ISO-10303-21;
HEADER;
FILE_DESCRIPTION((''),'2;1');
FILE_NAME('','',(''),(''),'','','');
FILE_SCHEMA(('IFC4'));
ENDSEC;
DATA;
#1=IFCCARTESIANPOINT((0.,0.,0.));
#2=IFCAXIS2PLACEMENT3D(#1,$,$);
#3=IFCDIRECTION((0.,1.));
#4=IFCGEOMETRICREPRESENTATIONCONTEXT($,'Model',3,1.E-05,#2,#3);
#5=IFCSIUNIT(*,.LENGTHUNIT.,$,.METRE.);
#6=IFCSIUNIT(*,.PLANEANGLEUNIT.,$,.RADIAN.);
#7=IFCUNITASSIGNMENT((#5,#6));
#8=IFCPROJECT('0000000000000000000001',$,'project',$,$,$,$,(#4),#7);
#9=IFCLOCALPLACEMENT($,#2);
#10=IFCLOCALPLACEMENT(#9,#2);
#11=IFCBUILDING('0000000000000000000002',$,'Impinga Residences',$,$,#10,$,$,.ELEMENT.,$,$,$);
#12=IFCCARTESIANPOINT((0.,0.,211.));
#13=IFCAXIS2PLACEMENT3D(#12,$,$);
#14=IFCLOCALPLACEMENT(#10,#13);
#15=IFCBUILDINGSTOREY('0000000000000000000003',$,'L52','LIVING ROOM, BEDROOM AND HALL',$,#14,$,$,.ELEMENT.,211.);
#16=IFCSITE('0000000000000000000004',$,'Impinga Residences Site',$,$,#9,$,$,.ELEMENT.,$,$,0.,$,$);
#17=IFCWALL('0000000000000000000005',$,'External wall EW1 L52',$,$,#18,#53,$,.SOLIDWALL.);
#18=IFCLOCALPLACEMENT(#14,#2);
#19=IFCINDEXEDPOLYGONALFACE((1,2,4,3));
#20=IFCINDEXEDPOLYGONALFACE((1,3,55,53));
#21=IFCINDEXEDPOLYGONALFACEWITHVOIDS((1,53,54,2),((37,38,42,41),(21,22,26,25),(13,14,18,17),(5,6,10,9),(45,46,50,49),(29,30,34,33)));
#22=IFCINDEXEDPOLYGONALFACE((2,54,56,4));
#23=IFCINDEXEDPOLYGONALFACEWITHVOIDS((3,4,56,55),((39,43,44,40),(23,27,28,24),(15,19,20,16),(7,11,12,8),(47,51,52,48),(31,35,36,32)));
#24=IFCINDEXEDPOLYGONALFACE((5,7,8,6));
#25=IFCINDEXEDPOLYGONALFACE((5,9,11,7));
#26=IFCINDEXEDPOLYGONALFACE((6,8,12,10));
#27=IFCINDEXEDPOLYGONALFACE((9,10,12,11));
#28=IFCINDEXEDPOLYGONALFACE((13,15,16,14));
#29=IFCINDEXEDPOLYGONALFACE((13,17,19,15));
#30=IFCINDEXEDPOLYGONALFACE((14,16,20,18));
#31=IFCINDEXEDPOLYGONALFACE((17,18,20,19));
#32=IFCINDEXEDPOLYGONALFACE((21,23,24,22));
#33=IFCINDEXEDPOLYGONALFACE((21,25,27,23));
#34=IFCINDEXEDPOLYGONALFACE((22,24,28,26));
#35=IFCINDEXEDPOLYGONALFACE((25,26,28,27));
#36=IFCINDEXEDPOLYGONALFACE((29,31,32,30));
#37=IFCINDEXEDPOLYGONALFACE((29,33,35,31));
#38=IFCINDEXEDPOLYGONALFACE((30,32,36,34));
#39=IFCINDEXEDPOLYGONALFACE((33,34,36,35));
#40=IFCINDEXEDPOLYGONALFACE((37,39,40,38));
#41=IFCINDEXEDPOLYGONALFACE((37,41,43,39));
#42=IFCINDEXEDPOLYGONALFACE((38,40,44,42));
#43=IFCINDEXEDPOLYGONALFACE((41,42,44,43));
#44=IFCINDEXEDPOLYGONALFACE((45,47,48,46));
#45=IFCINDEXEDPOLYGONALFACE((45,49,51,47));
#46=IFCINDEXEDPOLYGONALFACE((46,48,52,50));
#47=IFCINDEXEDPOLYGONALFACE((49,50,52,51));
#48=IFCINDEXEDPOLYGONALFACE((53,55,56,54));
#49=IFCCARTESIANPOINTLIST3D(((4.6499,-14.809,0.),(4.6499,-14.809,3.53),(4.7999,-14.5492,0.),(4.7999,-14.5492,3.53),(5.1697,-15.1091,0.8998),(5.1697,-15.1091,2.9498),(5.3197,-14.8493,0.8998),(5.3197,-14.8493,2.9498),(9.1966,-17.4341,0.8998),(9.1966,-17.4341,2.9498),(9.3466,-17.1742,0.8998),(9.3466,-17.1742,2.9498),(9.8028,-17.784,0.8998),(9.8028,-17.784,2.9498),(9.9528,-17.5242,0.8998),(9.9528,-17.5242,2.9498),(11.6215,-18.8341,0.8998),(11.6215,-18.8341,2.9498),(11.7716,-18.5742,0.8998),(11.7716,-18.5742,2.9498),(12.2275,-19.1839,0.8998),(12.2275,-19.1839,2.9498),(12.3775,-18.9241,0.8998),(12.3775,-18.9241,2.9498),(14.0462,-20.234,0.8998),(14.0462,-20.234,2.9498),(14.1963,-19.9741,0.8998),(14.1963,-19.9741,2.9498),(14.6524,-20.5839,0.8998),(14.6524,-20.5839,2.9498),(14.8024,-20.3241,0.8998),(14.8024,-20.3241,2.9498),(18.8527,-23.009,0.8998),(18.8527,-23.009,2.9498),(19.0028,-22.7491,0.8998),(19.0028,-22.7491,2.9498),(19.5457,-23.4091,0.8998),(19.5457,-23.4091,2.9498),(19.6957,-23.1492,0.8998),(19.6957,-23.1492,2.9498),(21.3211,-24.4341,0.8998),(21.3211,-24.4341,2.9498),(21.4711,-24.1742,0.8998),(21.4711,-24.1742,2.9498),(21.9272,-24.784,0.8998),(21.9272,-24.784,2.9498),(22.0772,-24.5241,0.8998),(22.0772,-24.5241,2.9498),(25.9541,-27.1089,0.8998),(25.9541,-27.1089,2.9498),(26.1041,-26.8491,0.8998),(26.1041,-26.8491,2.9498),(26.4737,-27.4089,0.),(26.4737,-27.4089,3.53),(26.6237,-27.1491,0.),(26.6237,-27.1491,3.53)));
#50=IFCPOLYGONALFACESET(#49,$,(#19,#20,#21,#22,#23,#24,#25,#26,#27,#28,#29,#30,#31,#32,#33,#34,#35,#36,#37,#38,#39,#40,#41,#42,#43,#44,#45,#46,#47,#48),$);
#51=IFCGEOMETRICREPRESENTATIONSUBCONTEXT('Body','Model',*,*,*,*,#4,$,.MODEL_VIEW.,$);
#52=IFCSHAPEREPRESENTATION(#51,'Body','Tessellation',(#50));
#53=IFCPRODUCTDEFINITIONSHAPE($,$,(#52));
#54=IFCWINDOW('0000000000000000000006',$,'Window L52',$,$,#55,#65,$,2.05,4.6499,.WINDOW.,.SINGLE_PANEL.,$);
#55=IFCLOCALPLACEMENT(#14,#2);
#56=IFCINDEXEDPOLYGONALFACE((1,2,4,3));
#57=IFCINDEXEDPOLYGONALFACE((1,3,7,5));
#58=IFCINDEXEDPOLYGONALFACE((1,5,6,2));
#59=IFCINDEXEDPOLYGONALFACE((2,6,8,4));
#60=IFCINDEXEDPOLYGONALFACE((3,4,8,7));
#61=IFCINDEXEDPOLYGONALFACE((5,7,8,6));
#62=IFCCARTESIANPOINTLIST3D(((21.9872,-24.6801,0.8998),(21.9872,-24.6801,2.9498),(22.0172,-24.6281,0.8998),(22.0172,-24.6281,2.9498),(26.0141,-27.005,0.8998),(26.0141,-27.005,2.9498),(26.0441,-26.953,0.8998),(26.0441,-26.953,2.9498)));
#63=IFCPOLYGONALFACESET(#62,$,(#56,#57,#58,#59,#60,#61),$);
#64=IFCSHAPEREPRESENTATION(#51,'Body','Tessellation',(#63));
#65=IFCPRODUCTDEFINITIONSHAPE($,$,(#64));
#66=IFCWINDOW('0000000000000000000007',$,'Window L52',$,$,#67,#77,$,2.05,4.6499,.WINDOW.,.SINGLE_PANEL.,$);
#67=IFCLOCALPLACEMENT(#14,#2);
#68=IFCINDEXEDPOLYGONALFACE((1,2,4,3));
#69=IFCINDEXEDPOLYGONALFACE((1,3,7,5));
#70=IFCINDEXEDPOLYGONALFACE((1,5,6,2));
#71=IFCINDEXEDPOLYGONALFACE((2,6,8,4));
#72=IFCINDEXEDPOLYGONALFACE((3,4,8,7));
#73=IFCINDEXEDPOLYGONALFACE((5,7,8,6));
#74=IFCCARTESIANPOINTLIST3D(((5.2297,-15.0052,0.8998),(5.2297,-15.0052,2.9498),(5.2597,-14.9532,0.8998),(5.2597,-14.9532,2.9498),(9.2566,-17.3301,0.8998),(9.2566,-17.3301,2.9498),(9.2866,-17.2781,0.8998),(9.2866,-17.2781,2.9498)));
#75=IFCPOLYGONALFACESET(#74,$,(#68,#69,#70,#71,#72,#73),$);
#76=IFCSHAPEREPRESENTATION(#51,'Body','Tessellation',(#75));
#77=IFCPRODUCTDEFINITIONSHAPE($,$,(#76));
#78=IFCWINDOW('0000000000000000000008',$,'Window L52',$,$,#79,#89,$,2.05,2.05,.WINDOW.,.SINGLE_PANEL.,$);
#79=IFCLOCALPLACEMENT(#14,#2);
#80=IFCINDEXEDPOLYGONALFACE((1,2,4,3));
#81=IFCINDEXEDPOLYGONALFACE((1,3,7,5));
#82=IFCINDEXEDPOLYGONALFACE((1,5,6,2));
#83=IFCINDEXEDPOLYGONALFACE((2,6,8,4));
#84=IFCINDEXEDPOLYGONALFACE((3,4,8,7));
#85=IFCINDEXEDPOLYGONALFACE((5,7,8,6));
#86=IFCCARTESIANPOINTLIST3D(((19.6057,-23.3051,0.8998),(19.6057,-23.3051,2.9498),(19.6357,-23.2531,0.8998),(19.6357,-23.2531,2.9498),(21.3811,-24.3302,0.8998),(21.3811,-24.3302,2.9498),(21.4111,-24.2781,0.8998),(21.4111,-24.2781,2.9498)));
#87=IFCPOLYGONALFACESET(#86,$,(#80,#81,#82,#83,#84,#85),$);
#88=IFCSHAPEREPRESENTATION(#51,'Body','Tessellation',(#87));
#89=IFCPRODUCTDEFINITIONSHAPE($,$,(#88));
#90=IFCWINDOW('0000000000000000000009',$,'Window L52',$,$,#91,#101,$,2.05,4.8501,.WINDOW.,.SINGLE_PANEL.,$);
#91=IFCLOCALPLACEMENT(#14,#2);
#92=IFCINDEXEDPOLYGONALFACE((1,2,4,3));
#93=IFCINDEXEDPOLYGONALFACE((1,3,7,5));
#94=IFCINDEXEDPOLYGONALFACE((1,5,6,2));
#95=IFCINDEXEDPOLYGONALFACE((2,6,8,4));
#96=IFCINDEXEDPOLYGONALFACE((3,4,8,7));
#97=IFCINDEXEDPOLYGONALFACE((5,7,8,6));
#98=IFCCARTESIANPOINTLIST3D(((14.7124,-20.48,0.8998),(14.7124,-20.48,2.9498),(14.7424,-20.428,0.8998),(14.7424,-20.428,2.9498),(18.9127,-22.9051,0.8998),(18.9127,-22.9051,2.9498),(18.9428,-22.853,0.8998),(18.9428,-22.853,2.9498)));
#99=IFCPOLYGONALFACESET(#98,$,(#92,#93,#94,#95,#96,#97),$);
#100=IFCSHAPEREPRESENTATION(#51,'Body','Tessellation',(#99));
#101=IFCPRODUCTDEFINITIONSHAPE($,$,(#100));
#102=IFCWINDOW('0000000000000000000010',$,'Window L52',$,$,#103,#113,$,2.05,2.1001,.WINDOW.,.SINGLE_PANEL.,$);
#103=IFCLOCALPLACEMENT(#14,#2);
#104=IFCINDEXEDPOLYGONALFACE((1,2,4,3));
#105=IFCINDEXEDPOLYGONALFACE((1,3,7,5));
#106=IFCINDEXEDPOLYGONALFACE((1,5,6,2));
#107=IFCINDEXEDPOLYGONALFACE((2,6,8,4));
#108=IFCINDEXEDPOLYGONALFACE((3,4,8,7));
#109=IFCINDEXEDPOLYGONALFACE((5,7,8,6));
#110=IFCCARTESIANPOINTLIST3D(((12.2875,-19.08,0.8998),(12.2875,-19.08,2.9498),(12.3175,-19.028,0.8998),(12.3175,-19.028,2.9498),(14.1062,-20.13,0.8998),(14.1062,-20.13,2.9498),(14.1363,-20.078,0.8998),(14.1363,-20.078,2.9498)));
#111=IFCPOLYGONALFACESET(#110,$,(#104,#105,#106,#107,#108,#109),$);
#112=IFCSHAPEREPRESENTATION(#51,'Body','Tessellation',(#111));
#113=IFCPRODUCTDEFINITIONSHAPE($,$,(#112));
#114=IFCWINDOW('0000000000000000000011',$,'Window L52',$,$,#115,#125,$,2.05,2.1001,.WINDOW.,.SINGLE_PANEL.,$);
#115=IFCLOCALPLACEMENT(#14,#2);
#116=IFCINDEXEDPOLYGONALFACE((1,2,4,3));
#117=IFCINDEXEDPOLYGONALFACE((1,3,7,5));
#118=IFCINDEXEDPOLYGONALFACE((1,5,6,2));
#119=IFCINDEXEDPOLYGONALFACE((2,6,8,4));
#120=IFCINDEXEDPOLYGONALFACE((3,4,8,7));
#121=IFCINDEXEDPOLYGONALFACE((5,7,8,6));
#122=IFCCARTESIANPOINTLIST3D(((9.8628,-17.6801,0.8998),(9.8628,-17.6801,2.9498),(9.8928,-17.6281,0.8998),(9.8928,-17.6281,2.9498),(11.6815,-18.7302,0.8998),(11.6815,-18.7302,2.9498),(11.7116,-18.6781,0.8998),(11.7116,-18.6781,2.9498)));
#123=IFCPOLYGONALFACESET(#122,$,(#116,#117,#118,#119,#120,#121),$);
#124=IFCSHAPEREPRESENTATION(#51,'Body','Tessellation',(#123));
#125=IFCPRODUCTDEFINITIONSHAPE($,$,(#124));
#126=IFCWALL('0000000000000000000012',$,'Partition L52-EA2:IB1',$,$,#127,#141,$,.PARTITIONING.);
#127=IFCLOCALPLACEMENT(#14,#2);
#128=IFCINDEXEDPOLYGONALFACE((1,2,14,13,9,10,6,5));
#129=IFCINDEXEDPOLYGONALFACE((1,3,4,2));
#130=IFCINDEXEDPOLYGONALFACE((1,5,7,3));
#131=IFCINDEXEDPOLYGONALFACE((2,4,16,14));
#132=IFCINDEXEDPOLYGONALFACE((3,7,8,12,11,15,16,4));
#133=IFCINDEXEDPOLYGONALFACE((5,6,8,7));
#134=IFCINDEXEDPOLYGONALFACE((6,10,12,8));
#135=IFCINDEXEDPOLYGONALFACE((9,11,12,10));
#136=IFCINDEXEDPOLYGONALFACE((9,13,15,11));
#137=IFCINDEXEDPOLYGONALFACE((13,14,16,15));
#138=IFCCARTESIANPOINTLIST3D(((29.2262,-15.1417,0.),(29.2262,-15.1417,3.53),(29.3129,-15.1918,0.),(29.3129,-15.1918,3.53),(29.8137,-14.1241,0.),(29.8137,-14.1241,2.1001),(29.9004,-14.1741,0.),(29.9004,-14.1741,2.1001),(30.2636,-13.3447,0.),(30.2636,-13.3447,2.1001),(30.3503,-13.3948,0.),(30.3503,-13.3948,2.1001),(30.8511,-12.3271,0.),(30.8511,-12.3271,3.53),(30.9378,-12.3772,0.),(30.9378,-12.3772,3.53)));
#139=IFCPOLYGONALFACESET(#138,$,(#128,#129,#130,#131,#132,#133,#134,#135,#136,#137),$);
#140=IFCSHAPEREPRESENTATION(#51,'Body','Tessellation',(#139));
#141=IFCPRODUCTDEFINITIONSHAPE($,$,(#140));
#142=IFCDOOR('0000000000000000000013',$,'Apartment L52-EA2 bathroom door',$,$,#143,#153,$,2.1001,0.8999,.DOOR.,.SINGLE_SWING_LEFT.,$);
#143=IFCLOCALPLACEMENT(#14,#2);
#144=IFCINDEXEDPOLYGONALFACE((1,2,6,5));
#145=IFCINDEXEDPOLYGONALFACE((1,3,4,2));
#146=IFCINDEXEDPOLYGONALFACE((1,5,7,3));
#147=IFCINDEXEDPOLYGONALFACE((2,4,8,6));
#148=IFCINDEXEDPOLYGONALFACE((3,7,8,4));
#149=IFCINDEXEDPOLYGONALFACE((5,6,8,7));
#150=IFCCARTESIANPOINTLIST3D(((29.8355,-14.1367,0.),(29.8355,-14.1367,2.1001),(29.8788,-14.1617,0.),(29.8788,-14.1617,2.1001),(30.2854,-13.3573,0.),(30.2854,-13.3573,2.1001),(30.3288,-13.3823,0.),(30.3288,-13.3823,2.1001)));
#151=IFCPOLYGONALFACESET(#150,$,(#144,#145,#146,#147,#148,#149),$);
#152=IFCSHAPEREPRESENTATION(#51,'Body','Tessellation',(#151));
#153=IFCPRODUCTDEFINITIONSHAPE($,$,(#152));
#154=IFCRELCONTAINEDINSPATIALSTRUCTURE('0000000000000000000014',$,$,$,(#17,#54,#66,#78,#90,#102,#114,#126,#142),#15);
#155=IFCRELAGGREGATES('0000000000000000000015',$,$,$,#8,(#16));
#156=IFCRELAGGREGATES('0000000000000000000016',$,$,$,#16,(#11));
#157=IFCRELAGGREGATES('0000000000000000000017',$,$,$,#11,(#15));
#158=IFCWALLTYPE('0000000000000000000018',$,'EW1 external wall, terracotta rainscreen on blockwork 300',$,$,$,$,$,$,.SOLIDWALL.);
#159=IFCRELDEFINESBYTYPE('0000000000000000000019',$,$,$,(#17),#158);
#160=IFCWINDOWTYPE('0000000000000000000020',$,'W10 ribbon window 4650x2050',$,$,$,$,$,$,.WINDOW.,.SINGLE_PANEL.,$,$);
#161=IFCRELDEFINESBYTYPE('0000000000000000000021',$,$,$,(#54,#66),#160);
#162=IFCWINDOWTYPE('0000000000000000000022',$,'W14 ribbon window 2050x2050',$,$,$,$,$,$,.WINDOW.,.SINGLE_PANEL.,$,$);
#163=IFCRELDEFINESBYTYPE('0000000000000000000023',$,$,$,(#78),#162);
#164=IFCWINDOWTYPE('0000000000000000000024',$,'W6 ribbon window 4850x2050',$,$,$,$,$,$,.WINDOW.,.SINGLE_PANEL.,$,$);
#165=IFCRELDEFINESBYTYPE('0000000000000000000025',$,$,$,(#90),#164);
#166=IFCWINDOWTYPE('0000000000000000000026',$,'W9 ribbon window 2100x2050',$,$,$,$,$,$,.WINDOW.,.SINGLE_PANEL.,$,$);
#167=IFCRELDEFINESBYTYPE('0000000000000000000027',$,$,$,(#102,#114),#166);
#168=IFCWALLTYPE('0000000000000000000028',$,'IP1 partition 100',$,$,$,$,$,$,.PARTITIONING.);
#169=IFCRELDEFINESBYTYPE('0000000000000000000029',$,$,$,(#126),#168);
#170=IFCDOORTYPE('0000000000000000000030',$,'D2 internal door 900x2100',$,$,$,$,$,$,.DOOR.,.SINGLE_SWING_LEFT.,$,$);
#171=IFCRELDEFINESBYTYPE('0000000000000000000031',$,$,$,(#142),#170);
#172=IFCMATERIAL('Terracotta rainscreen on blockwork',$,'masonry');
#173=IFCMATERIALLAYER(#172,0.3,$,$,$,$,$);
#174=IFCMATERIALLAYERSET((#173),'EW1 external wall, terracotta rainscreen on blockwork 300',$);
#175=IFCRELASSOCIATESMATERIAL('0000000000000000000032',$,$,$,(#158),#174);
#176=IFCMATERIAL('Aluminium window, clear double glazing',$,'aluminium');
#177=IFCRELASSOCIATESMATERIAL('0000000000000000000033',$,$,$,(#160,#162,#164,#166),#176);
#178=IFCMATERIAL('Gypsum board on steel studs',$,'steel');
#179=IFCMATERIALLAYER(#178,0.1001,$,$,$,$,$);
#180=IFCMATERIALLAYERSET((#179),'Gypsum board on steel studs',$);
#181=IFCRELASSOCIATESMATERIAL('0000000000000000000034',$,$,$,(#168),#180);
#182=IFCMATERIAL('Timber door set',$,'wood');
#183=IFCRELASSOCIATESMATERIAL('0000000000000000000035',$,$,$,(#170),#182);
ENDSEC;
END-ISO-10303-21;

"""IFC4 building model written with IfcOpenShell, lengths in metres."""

from ifc_helpers import new_model, si_unit, direction, frame, frame_2d, origin, place, context, subcontext, project, spatial, rectangle, extrude, material, layer, layer_set, type_object, element, fill, save


model = new_model("IFC4")

# Units and contexts
model_context = context("Model", 3, precision=1e-05, world=origin(), true_north=direction((0.0, 1.0)))
body_context = subcontext(model_context, "Body", "Model", "MODEL_VIEW")
ifc_project = project(units=[si_unit("LENGTHUNIT", "METRE"), si_unit("PLANEANGLEUNIT", "RADIAN")], contexts=[model_context])

# Site, building, storey
site_placement = place(None, origin())
site = spatial("IfcSite", under=ifc_project, at=site_placement, Name="Impinga Residences Site", CompositionType="ELEMENT", RefElevation=0.0)
building_placement = place(site_placement, origin())
building = spatial("IfcBuilding", under=site, at=building_placement, Name="Impinga Residences", CompositionType="ELEMENT")
storey_placement = place(building_placement, frame((0.0, 0.0, 211.0)))
storey = spatial("IfcBuildingStorey", under=building, at=storey_placement, Name="L52", Description="LIVING ROOM, BEDROOM AND HALL", CompositionType="ELEMENT", Elevation=211.0)

# Shared definitions
ifc_material_1 = material(Name="Timber door set", Category="wood")

# Shared definitions
ifc_material_2 = material(Name="Terracotta rainscreen on blockwork", Category="masonry")
ifc_layer_1 = layer(ifc_material_2, 0.3)
ifc_layer_set_1 = layer_set([ifc_layer_1], Name="EW1 external wall, terracotta rainscreen on blockwork 300")
wall_type_1 = type_object("IfcWallType", Name="EW1 external wall, terracotta rainscreen on blockwork 300", PredefinedType="SOLIDWALL", material=ifc_layer_set_1)

# Wall, openings, windows
wall_1_placement = place(storey_placement, frame((26.5488, -27.2791, 0.0), z_axis=(0.0, 0.0, 1.0), x_axis=(-0.866027, 0.499998, 0.0)))
wall_1 = element("IfcWall", 1, at=wall_1_placement, inside=storey, type_object=wall_type_1, Name="External wall EW1 L52", PredefinedType="SOLIDWALL", context=body_context, shape_type="SweptSolid", body=[
    extrude(rectangle(XDim=25.2, YDim=0.3, at=frame_2d((12.6001, 0.0))), origin(), (0.0, 0.0, 1.0), 3.53),
])
opening_1_placement = place(wall_1_placement, frame((0.6001, 0.0, 0.8999)))
opening_1 = element("IfcOpeningElement", 2, at=opening_1_placement, cuts=wall_1, PredefinedType="OPENING", context=body_context, shape_type="SweptSolid", body=[
    extrude(rectangle(XDim=4.6499, YDim=2.05, at=frame_2d((2.325, 1.0249))), frame((0.0, 0.1599, 0.0), z_axis=(0.0, -1.0, 0.0), x_axis=(1.0, 0.0, 0.0)), (0.0, 0.0, 1.0), 0.3201),
])
opening_2_placement = place(wall_1_placement, frame((5.95, 0.0, 0.8999)))
opening_2 = element("IfcOpeningElement", 3, at=opening_2_placement, cuts=wall_1, PredefinedType="OPENING", context=body_context, shape_type="SweptSolid", body=[
    extrude(rectangle(XDim=2.05, YDim=2.05, at=frame_2d((1.0249, 1.0249))), frame((0.0, 0.1599, 0.0), z_axis=(0.0, -1.0, 0.0), x_axis=(1.0, 0.0, 0.0)), (0.0, 0.0, 1.0), 0.3201),
])
opening_3_placement = place(wall_1_placement, frame((8.8, 0.0, 0.8999)))
opening_3 = element("IfcOpeningElement", 4, at=opening_3_placement, cuts=wall_1, PredefinedType="OPENING", context=body_context, shape_type="SweptSolid", body=[
    extrude(rectangle(XDim=4.8501, YDim=2.05, at=frame_2d((2.425, 1.0249))), frame((0.0, 0.1599, 0.0), z_axis=(0.0, -1.0, 0.0), x_axis=(1.0, 0.0, 0.0)), (0.0, 0.0, 1.0), 0.3201),
])
opening_4_placement = place(wall_1_placement, frame((14.3501, 0.0, 0.8999)))
opening_4 = element("IfcOpeningElement", 5, at=opening_4_placement, cuts=wall_1, PredefinedType="OPENING", context=body_context, shape_type="SweptSolid", body=[
    extrude(rectangle(XDim=2.1001, YDim=2.05, at=frame_2d((1.05, 1.0249))), frame((0.0, 0.1599, 0.0), z_axis=(0.0, -1.0, 0.0), x_axis=(1.0, 0.0, 0.0)), (0.0, 0.0, 1.0), 0.3201),
])
opening_5_placement = place(wall_1_placement, frame((17.1499, 0.0, 0.8999)))
opening_5 = element("IfcOpeningElement", 6, at=opening_5_placement, cuts=wall_1, PredefinedType="OPENING", context=body_context, shape_type="SweptSolid", body=[
    extrude(rectangle(XDim=2.1001, YDim=2.05, at=frame_2d((1.05, 1.0249))), frame((0.0, 0.1599, 0.0), z_axis=(0.0, -1.0, 0.0), x_axis=(1.0, 0.0, 0.0)), (0.0, 0.0, 1.0), 0.3201),
])
opening_6_placement = place(wall_1_placement, frame((19.95, 0.0, 0.8999)))
opening_6 = element("IfcOpeningElement", 7, at=opening_6_placement, cuts=wall_1, PredefinedType="OPENING", context=body_context, shape_type="SweptSolid", body=[
    extrude(rectangle(XDim=4.6499, YDim=2.05, at=frame_2d((2.325, 1.0249))), frame((0.0, 0.1599, 0.0), z_axis=(0.0, -1.0, 0.0), x_axis=(1.0, 0.0, 0.0)), (0.0, 0.0, 1.0), 0.3201),
])
ifc_material_3 = material(Name="Aluminium window, clear double glazing", Category="aluminium")
window_type_1 = type_object("IfcWindowType", Name="W10 ribbon window 4650x2050", PartitioningType="SINGLE_PANEL", PredefinedType="WINDOW", material=ifc_material_3)
window_1_placement = place(opening_1_placement, origin())
window_1 = element("IfcWindow", 8, at=window_1_placement, inside=storey, type_object=window_type_1, Name="Window L52", OverallHeight=2.05, OverallWidth=4.6499, PartitioningType="SINGLE_PANEL", PredefinedType="WINDOW", context=body_context, shape_type="SweptSolid", body=[
    extrude(rectangle(XDim=4.6499, YDim=2.05, at=frame_2d((2.325, 1.0249))), frame((0.0, 0.03, 0.0), z_axis=(0.0, -1.0, 0.0), x_axis=(1.0, 0.0, 0.0)), (0.0, 0.0, 1.0), 0.0601),
])
fill(opening_1, window_1)
window_2_placement = place(opening_6_placement, origin())
window_2 = element("IfcWindow", 9, at=window_2_placement, inside=storey, type_object=window_type_1, Name="Window L52", OverallHeight=2.05, OverallWidth=4.6499, PartitioningType="SINGLE_PANEL", PredefinedType="WINDOW", context=body_context, shape_type="SweptSolid", body=[
    extrude(rectangle(XDim=4.6499, YDim=2.05, at=frame_2d((2.325, 1.0249))), frame((0.0, 0.03, 0.0), z_axis=(0.0, -1.0, 0.0), x_axis=(1.0, 0.0, 0.0)), (0.0, 0.0, 1.0), 0.0601),
])
fill(opening_6, window_2)
window_type_2 = type_object("IfcWindowType", Name="W14 ribbon window 2050x2050", PartitioningType="SINGLE_PANEL", PredefinedType="WINDOW", material=ifc_material_3)
window_3_placement = place(opening_2_placement, origin())
window_3 = element("IfcWindow", 10, at=window_3_placement, inside=storey, type_object=window_type_2, Name="Window L52", OverallHeight=2.05, OverallWidth=2.05, PartitioningType="SINGLE_PANEL", PredefinedType="WINDOW", context=body_context, shape_type="SweptSolid", body=[
    extrude(rectangle(XDim=2.05, YDim=2.05, at=frame_2d((1.0249, 1.0249))), frame((0.0, 0.03, 0.0), z_axis=(0.0, -1.0, 0.0), x_axis=(1.0, 0.0, 0.0)), (0.0, 0.0, 1.0), 0.0601),
])
fill(opening_2, window_3)
window_type_3 = type_object("IfcWindowType", Name="W6 ribbon window 4850x2050", PartitioningType="SINGLE_PANEL", PredefinedType="WINDOW", material=ifc_material_3)
window_4_placement = place(opening_3_placement, origin())
window_4 = element("IfcWindow", 11, at=window_4_placement, inside=storey, type_object=window_type_3, Name="Window L52", OverallHeight=2.05, OverallWidth=4.8501, PartitioningType="SINGLE_PANEL", PredefinedType="WINDOW", context=body_context, shape_type="SweptSolid", body=[
    extrude(rectangle(XDim=4.8501, YDim=2.05, at=frame_2d((2.425, 1.0249))), frame((0.0, 0.03, 0.0), z_axis=(0.0, -1.0, 0.0), x_axis=(1.0, 0.0, 0.0)), (0.0, 0.0, 1.0), 0.0601),
])
fill(opening_3, window_4)
window_type_4 = type_object("IfcWindowType", Name="W9 ribbon window 2100x2050", PartitioningType="SINGLE_PANEL", PredefinedType="WINDOW", material=ifc_material_3)
window_5_placement = place(opening_4_placement, origin())
window_5 = element("IfcWindow", 12, at=window_5_placement, inside=storey, type_object=window_type_4, Name="Window L52", OverallHeight=2.05, OverallWidth=2.1001, PartitioningType="SINGLE_PANEL", PredefinedType="WINDOW", context=body_context, shape_type="SweptSolid", body=[
    extrude(rectangle(XDim=2.1001, YDim=2.05, at=frame_2d((1.05, 1.0249))), frame((0.0, 0.03, 0.0), z_axis=(0.0, -1.0, 0.0), x_axis=(1.0, 0.0, 0.0)), (0.0, 0.0, 1.0), 0.0601),
])
fill(opening_4, window_5)
window_6_placement = place(opening_5_placement, origin())
window_6 = element("IfcWindow", 13, at=window_6_placement, inside=storey, type_object=window_type_4, Name="Window L52", OverallHeight=2.05, OverallWidth=2.1001, PartitioningType="SINGLE_PANEL", PredefinedType="WINDOW", context=body_context, shape_type="SweptSolid", body=[
    extrude(rectangle(XDim=2.1001, YDim=2.05, at=frame_2d((1.05, 1.0249))), frame((0.0, 0.03, 0.0), z_axis=(0.0, -1.0, 0.0), x_axis=(1.0, 0.0, 0.0)), (0.0, 0.0, 1.0), 0.0601),
])
fill(opening_5, window_6)

# Wall, opening, door
ifc_material_4 = material(Name="Gypsum board on steel studs", Category="steel")
ifc_layer_2 = layer(ifc_material_4, 0.1001)
ifc_layer_set_2 = layer_set([ifc_layer_2], Name="Gypsum board on steel studs")
wall_type_2 = type_object("IfcWallType", Name="IP1 partition 100", PredefinedType="PARTITIONING", material=ifc_layer_set_2)
wall_2_placement = place(storey_placement, frame((29.2695, -15.1667, 0.0), z_axis=(0.0, 0.0, 1.0), x_axis=(0.499985, 0.866034, 0.0)))
wall_2 = element("IfcWall", 14, at=wall_2_placement, inside=storey, type_object=wall_type_2, Name="Partition L52-EA2:IB1", PredefinedType="PARTITIONING", context=body_context, shape_type="SweptSolid", body=[
    extrude(rectangle(XDim=3.25, YDim=0.1001, at=frame_2d((1.625, 0.0))), origin(), (0.0, 0.0, 1.0), 3.53),
])
opening_7_placement = place(wall_2_placement, frame((1.175, 0.0, 0.0)))
opening_7 = element("IfcOpeningElement", 15, at=opening_7_placement, cuts=wall_2, PredefinedType="OPENING", context=body_context, shape_type="SweptSolid", body=[
    extrude(rectangle(XDim=0.8999, YDim=2.1001, at=frame_2d((0.45, 1.05))), frame((0.0, 0.0601, 0.0), z_axis=(0.0, -1.0, 0.0), x_axis=(1.0, 0.0, 0.0)), (0.0, 0.0, 1.0), 0.1201),
])
door_type_1 = type_object("IfcDoorType", Name="D2 internal door 900x2100", OperationType="SINGLE_SWING_LEFT", PredefinedType="DOOR", material=ifc_material_1)
door_1_placement = place(opening_7_placement, origin())
door_1 = element("IfcDoor", 16, at=door_1_placement, inside=storey, type_object=door_type_1, Name="Apartment L52-EA2 bathroom door", OperationType="SINGLE_SWING_LEFT", OverallHeight=2.1001, OverallWidth=0.8999, PredefinedType="DOOR", context=body_context, shape_type="SweptSolid", body=[
    extrude(rectangle(XDim=0.8999, YDim=2.1001, at=frame_2d((0.45, 1.05))), frame((0.0, 0.0249, 0.0), z_axis=(0.0, -1.0, 0.0), x_axis=(1.0, 0.0, 0.0)), (0.0, 0.0, 1.0), 0.05),
])
fill(opening_7, door_1)

save(model, "model.ifc")
